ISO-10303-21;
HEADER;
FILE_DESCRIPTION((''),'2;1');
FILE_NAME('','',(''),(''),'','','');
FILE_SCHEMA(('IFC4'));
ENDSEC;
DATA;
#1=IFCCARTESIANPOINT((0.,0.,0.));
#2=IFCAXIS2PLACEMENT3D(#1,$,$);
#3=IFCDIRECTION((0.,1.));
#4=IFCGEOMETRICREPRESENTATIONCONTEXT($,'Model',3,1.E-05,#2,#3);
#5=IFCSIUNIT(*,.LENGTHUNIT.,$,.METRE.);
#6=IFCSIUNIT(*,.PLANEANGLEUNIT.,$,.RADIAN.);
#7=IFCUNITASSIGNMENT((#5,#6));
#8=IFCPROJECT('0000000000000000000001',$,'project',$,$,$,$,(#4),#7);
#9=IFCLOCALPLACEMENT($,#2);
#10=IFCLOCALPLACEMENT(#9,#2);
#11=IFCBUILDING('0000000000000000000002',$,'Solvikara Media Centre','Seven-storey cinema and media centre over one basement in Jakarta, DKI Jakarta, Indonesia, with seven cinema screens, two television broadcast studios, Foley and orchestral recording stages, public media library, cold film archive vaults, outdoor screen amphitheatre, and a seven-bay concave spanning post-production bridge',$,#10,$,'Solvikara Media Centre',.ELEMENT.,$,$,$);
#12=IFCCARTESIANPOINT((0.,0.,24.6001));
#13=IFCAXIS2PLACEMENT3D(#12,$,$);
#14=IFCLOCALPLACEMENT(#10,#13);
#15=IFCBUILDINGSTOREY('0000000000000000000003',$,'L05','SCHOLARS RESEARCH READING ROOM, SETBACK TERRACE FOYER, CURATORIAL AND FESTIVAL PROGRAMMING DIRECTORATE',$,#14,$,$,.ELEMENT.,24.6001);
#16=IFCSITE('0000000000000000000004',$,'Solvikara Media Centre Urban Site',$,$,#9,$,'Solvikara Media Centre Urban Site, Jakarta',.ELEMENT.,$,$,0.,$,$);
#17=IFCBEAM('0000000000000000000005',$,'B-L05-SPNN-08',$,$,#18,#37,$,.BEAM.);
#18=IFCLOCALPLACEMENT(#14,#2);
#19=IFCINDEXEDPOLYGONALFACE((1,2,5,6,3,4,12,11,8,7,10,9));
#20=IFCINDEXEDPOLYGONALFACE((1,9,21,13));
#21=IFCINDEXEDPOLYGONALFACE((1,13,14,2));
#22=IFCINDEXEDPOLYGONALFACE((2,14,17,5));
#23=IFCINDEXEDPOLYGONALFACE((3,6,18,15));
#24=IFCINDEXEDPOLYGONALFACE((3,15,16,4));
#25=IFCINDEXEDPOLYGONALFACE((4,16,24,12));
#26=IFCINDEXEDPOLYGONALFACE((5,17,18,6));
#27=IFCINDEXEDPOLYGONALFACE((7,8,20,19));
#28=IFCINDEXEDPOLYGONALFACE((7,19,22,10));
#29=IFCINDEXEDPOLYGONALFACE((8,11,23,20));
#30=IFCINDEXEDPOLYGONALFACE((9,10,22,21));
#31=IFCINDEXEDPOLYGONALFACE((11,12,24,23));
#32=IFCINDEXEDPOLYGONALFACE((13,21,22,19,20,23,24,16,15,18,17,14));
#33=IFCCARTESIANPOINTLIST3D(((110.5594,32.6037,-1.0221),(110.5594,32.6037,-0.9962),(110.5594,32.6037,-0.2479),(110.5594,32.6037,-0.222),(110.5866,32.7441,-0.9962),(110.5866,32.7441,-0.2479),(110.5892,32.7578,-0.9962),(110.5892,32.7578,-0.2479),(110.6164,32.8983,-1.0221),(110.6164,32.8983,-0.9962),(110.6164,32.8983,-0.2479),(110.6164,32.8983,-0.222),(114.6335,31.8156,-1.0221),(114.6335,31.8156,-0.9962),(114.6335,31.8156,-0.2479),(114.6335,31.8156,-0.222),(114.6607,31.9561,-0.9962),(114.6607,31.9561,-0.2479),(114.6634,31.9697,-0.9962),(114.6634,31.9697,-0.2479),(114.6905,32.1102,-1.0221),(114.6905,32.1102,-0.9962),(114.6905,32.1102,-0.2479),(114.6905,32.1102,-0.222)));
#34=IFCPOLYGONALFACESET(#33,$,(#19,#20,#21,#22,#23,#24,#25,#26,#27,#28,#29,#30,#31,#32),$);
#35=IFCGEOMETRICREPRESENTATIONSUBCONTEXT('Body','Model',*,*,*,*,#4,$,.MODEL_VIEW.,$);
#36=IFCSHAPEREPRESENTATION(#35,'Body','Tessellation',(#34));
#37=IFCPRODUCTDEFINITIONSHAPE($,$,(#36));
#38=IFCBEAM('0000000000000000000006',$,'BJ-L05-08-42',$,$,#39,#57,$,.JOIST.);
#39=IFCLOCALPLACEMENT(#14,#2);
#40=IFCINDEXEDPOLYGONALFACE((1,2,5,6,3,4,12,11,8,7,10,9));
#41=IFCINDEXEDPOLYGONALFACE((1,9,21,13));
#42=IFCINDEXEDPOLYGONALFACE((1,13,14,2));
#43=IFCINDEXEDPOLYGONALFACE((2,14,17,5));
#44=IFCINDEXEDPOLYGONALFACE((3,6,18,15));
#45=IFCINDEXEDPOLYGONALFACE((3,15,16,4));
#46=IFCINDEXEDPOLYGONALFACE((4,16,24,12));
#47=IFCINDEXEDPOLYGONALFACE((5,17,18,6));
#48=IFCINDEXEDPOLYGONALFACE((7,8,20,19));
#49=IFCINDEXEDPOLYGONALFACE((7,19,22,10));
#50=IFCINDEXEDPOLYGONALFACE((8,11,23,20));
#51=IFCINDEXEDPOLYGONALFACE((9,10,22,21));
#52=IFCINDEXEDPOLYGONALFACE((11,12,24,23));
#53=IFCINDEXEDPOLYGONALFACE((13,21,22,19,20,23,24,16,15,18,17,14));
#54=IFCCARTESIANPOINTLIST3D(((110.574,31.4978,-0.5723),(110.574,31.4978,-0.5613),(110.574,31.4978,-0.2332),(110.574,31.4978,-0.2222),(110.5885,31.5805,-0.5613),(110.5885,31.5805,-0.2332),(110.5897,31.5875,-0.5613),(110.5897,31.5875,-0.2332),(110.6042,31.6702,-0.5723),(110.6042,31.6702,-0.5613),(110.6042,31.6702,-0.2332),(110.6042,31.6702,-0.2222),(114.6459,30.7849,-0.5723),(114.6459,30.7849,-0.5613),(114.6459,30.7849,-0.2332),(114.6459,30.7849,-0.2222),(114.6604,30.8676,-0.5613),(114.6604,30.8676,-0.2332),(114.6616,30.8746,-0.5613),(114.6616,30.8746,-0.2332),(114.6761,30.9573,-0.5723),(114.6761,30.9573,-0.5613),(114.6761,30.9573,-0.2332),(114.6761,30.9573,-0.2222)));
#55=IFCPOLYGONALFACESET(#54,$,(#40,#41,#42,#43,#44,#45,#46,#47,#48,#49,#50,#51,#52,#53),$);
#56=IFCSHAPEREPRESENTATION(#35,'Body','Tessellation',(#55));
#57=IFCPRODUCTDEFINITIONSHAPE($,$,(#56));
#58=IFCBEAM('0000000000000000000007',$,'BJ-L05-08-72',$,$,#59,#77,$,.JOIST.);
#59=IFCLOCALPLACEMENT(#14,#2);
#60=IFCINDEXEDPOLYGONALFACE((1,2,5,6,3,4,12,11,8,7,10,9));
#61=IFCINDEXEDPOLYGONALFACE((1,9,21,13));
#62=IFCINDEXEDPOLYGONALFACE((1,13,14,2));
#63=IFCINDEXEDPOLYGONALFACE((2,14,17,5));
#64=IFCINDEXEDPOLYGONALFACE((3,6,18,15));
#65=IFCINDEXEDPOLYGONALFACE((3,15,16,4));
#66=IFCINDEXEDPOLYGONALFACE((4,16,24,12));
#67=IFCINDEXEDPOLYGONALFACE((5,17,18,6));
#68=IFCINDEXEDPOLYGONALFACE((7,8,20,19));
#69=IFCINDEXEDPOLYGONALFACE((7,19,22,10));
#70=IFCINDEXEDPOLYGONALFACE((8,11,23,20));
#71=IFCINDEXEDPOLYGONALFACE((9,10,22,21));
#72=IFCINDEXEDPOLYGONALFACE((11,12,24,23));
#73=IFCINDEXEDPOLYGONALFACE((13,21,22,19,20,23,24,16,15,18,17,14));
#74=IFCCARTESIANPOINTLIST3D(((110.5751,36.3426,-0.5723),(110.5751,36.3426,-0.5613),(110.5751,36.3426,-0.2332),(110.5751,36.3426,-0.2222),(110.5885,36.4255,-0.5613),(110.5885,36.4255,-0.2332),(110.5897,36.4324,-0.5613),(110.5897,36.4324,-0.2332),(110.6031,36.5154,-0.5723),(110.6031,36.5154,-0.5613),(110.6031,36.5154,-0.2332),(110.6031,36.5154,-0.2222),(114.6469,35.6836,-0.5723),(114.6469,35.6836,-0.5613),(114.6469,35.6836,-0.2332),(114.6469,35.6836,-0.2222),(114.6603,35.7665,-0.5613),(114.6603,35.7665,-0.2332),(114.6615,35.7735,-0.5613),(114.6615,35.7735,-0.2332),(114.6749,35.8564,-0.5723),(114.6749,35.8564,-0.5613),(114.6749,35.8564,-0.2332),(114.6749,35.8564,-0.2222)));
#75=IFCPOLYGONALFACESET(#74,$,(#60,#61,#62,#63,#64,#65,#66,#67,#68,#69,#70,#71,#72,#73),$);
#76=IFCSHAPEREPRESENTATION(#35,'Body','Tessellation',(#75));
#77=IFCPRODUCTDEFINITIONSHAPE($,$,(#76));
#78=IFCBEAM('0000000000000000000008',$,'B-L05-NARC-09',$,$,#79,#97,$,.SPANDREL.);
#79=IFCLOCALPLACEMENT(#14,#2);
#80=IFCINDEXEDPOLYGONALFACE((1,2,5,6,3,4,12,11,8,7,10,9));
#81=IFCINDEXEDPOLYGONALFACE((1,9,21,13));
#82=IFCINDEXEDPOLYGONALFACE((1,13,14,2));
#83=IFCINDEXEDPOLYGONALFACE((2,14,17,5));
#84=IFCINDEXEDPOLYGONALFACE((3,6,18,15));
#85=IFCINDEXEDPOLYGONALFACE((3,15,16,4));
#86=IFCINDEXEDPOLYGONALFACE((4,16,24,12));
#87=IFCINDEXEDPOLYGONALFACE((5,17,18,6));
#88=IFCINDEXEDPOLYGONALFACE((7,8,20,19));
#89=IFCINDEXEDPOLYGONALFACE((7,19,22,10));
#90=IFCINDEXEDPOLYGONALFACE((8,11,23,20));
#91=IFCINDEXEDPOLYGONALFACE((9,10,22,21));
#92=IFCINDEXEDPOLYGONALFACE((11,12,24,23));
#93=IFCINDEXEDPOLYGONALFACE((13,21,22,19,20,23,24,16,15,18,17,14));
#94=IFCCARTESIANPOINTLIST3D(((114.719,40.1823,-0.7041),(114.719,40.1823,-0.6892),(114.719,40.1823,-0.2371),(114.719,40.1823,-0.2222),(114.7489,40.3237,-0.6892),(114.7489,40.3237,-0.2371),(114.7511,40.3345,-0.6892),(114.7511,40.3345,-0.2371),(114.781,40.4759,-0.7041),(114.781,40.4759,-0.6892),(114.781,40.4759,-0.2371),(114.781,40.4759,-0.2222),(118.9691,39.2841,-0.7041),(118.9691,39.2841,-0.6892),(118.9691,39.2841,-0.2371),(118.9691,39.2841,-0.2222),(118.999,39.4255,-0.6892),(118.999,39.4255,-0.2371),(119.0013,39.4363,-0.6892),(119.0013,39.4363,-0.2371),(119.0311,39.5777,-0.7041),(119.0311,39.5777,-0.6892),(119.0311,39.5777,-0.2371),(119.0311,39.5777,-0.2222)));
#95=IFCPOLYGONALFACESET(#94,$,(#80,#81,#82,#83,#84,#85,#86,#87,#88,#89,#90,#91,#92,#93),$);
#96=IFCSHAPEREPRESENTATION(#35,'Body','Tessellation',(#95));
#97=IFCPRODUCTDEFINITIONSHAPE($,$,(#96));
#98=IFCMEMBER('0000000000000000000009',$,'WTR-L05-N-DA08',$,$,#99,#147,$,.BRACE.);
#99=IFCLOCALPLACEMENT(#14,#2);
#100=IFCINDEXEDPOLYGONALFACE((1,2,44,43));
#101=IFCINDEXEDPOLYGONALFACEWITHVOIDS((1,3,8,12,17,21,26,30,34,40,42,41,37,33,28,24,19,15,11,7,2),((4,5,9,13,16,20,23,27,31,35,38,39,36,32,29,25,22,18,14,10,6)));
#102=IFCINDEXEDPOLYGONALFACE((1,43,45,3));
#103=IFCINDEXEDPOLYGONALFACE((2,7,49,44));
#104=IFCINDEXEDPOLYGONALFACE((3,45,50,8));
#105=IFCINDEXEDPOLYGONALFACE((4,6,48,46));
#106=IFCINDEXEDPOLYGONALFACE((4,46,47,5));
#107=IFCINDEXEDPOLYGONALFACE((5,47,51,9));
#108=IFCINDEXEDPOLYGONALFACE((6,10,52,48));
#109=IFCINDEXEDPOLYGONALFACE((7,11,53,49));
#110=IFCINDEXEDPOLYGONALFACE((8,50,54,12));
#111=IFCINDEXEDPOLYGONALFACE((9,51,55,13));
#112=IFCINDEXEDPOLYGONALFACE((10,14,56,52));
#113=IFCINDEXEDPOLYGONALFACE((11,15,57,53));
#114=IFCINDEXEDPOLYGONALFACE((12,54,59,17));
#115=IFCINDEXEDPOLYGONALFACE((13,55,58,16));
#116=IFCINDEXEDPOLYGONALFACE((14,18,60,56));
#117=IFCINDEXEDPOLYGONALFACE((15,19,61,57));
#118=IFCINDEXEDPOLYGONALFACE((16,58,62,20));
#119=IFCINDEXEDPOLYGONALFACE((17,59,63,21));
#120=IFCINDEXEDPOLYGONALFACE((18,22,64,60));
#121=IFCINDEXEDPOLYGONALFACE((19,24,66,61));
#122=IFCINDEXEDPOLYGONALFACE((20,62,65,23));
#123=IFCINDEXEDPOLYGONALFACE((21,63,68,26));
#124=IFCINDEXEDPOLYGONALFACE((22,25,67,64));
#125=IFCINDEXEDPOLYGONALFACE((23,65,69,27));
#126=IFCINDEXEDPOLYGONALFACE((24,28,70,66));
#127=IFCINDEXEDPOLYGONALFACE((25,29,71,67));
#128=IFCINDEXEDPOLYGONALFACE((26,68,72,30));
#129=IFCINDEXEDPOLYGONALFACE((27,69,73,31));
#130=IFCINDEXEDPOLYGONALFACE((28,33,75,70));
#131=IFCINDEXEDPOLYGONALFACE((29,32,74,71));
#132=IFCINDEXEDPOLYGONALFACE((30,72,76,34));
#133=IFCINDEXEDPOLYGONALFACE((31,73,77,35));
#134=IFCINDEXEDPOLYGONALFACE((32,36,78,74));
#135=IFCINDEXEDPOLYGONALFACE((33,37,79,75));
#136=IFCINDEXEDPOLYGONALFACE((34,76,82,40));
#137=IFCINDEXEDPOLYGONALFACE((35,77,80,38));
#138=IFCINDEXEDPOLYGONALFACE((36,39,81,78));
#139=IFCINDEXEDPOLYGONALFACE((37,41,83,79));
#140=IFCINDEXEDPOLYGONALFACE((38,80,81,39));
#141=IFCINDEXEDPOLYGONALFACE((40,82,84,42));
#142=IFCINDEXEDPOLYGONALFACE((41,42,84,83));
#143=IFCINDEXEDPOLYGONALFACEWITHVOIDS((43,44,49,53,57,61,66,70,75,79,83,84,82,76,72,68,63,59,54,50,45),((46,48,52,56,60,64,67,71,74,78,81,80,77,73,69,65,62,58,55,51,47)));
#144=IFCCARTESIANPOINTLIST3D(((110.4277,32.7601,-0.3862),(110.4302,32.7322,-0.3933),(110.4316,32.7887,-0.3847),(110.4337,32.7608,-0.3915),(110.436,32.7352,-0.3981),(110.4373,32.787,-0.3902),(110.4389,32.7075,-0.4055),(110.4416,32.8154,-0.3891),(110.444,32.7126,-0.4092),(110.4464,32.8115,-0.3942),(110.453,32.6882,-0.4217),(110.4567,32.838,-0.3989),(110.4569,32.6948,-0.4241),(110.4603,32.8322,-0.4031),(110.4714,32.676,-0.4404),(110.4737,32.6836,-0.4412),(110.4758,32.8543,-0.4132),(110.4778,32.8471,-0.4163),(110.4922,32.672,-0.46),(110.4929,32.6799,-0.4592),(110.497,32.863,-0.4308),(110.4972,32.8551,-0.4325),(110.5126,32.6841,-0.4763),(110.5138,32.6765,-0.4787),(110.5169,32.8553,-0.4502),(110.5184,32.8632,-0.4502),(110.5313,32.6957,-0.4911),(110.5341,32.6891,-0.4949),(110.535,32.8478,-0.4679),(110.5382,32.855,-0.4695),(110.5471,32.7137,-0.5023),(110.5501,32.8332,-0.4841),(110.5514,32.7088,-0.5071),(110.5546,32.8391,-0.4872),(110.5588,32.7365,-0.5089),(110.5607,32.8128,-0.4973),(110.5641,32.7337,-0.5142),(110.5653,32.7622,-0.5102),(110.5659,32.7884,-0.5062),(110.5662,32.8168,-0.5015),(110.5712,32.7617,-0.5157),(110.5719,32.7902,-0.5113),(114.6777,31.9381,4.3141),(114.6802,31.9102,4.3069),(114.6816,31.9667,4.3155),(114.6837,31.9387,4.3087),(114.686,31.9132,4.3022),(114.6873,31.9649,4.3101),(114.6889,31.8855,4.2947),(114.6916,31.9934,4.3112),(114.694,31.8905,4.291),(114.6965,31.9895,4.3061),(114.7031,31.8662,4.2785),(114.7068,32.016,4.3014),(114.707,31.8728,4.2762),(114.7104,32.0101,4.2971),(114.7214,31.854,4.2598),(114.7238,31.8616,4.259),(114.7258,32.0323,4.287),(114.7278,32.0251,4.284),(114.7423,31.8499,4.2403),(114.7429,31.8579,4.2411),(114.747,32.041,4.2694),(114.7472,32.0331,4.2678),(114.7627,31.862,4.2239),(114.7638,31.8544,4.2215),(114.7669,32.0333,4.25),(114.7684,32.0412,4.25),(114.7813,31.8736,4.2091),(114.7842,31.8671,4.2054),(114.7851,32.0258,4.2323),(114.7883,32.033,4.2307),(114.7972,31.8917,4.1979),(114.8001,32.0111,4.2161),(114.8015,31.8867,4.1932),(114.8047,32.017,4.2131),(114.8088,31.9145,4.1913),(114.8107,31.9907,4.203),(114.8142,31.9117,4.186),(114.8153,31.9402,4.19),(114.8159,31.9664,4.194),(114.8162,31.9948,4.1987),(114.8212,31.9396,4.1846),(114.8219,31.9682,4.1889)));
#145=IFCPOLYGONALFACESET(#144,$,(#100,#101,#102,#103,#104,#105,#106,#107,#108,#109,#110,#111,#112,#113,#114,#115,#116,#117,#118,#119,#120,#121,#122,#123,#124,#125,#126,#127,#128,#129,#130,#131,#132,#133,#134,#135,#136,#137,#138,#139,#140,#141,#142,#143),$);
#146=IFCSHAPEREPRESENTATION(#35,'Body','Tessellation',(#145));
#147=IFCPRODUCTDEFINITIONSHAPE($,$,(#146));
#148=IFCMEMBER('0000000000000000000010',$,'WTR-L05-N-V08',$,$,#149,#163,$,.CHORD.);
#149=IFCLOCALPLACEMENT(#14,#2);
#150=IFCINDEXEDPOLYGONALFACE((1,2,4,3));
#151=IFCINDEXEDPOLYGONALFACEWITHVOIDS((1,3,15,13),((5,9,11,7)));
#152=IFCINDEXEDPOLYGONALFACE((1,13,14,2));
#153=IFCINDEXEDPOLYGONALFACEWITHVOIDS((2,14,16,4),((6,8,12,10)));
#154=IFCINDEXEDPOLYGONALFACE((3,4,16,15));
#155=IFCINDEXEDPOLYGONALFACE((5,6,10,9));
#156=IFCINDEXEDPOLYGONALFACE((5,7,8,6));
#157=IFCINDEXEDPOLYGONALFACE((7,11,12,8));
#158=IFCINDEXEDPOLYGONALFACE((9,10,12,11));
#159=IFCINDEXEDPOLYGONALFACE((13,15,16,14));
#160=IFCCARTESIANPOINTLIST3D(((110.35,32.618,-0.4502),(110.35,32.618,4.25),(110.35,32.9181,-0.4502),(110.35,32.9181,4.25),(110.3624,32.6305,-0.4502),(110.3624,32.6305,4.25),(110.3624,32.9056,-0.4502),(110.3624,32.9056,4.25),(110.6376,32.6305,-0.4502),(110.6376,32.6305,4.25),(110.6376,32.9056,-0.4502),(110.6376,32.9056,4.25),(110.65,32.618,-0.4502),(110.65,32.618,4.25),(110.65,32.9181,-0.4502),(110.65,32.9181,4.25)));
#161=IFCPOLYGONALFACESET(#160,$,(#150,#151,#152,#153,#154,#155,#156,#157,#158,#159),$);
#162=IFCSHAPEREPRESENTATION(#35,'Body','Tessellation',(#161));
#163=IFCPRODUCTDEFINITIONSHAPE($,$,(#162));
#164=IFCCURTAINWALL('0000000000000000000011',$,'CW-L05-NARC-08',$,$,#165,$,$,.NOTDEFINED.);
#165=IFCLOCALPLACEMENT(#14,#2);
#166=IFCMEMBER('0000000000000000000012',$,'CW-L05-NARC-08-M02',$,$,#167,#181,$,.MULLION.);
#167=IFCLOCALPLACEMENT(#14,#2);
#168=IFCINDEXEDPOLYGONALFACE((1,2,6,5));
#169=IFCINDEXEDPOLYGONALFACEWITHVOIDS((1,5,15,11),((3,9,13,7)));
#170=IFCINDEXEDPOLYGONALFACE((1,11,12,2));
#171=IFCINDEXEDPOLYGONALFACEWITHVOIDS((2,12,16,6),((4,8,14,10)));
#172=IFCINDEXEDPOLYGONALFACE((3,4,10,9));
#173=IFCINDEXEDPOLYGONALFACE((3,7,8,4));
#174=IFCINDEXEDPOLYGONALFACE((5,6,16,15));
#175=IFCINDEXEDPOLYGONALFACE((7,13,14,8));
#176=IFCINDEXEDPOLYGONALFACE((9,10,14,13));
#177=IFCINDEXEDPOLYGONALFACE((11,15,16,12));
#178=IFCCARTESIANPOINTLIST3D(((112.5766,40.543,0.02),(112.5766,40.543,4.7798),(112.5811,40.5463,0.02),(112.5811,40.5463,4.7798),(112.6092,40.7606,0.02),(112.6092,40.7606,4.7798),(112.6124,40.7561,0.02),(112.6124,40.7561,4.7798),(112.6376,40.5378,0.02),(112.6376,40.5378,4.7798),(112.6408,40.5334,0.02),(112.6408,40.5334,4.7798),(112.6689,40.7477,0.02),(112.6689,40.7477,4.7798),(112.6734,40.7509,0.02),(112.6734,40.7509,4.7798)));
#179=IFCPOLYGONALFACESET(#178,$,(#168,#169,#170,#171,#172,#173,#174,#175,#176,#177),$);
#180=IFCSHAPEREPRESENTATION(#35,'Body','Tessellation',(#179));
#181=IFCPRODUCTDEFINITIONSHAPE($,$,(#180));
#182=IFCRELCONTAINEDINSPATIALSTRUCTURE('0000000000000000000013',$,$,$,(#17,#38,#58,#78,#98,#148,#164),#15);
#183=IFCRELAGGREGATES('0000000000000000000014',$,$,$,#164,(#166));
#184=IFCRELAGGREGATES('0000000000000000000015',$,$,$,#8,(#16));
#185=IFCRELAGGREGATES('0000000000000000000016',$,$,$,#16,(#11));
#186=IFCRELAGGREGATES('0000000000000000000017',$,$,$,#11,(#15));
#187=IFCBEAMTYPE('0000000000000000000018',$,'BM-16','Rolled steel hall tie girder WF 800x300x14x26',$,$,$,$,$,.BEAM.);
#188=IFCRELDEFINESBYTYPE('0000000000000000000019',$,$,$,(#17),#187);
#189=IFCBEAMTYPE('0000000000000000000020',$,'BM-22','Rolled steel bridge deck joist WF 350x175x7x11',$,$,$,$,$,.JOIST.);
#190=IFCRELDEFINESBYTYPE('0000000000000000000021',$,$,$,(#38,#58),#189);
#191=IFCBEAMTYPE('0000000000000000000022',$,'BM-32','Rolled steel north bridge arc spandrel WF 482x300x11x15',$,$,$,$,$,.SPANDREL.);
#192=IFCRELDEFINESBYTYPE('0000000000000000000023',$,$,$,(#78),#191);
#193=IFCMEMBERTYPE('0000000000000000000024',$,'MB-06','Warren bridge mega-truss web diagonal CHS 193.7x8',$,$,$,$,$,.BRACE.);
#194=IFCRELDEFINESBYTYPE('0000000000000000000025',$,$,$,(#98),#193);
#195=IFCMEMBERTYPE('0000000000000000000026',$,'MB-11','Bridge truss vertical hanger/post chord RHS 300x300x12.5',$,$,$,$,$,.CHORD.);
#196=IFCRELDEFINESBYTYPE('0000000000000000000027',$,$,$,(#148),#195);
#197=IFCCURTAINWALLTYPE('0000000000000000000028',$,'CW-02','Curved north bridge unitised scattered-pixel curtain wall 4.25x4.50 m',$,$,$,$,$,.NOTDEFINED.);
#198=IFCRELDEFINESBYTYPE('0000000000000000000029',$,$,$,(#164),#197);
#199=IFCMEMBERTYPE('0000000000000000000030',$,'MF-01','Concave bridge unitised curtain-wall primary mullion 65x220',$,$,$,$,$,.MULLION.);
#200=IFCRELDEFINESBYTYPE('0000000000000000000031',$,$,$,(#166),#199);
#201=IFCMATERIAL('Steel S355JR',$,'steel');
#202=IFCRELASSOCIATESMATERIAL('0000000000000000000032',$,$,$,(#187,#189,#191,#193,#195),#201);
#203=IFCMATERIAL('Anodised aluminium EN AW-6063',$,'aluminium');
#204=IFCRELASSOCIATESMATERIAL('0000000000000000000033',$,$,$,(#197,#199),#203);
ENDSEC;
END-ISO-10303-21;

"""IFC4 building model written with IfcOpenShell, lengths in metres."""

from ifc_helpers import new_model, si_unit, direction, frame, origin, origin_2d, place, context, subcontext, project, spatial, hollow_rectangle, hollow_circle, i_section, extrude, material, material_profile, profile_set, type_object, element, aggregate, save


model = new_model("IFC4")

# Units and contexts
model_context = context("Model", 3, precision=1e-05, world=origin(), true_north=direction((0.0, 1.0)))
body_context = subcontext(model_context, "Body", "Model", "MODEL_VIEW")
ifc_project = project(units=[si_unit("LENGTHUNIT", "METRE"), si_unit("PLANEANGLEUNIT", "RADIAN")], contexts=[model_context])

# Site, building, storey
site_placement = place(None, origin())
site = spatial("IfcSite", under=ifc_project, at=site_placement, Name="Solvikara Media Centre Urban Site", LongName="Solvikara Media Centre Urban Site, Jakarta", CompositionType="ELEMENT", RefElevation=0.0)
building_placement = place(site_placement, origin())
building = spatial("IfcBuilding", under=site, at=building_placement, Name="Solvikara Media Centre", Description="Seven-storey cinema and media centre over one basement in Jakarta, DKI Jakarta, Indonesia, with seven cinema screens, two television broadcast studios, Foley and orchestral recording stages, public media library, cold film archive vaults, outdoor screen amphitheatre, and a seven-bay concave spanning post-production bridge", LongName="Solvikara Media Centre", CompositionType="ELEMENT")
storey_placement = place(building_placement, frame((0.0, 0.0, 24.6001)))
storey = spatial("IfcBuildingStorey", under=building, at=storey_placement, Name="L05", Description="SCHOLARS RESEARCH READING ROOM, SETBACK TERRACE FOYER, CURATORIAL AND FESTIVAL PROGRAMMING DIRECTORATE", CompositionType="ELEMENT", Elevation=24.6001)

# Beams
ifc_material_1 = material(Name="Steel S355JR", Category="steel")
ifc_material_profile_1 = material_profile(ifc_material_1, i_section(OverallWidth=0.3, OverallDepth=0.8, WebThickness=0.0139, FlangeThickness=0.0259, at=origin_2d()), Name="WF 800x300x14x26")
ifc_profile_set_1 = profile_set([ifc_material_profile_1], Name="Steel S355JR")
beam_type_1 = type_object("IfcBeamType", Name="BM-16", Description="Rolled steel hall tie girder WF 800x300x14x26", PredefinedType="BEAM", material=ifc_profile_set_1)
beam_1_placement = place(storey_placement, frame((110.5879, 32.751, -0.6221), z_axis=(0.981801, -0.189912, 0.0), x_axis=(0.189912, 0.981801, 0.0)))
element("IfcBeam", 1, at=beam_1_placement, inside=storey, type_object=beam_type_1, Name="B-L05-SPNN-08", PredefinedType="BEAM", context=body_context, shape_type="SweptSolid", body=[
    extrude(i_section(OverallWidth=0.3, OverallDepth=0.8, WebThickness=0.0139, FlangeThickness=0.0259, at=origin_2d()), origin(), (0.0, 0.0, 1.0), 4.1497),
])
ifc_material_profile_2 = material_profile(ifc_material_1, i_section(OverallWidth=0.175, OverallDepth=0.3501, WebThickness=0.0071, FlangeThickness=0.011, at=origin_2d()), Name="WF 350x175x7x11")
ifc_profile_set_2 = profile_set([ifc_material_profile_2], Name="Steel S355JR")
beam_type_2 = type_object("IfcBeamType", Name="BM-22", Description="Rolled steel bridge deck joist WF 350x175x7x11", PredefinedType="JOIST", material=ifc_profile_set_2)
beam_2_placement = place(storey_placement, frame((110.5891, 31.584, -0.3972), z_axis=(0.985017, -0.172458, 0.0), x_axis=(0.172458, 0.985017, 0.0)))
element("IfcBeam", 2, at=beam_2_placement, inside=storey, type_object=beam_type_2, Name="BJ-L05-08-42", PredefinedType="JOIST", context=body_context, shape_type="SweptSolid", body=[
    extrude(i_section(OverallWidth=0.175, OverallDepth=0.3501, WebThickness=0.0071, FlangeThickness=0.011, at=origin_2d()), origin(), (0.0, 0.0, 1.0), 4.1338),
])
beam_3_placement = place(storey_placement, frame((110.5891, 36.429, -0.3972), z_axis=(0.987157, -0.159752, 0.0), x_axis=(0.159752, 0.987157, 0.0)))
element("IfcBeam", 3, at=beam_3_placement, inside=storey, type_object=beam_type_2, Name="BJ-L05-08-72", PredefinedType="JOIST", context=body_context, shape_type="SweptSolid", body=[
    extrude(i_section(OverallWidth=0.175, OverallDepth=0.3501, WebThickness=0.0071, FlangeThickness=0.011, at=origin_2d()), origin(), (0.0, 0.0, 1.0), 4.1248),
])
ifc_material_profile_3 = material_profile(ifc_material_1, i_section(OverallWidth=0.3, OverallDepth=0.4819, WebThickness=0.011, FlangeThickness=0.0149, at=origin_2d()), Name="WF 482x300x11x15")
ifc_profile_set_3 = profile_set([ifc_material_profile_3], Name="Steel S355JR")
beam_type_3 = type_object("IfcBeamType", Name="BM-32", Description="Rolled steel north bridge arc spandrel WF 482x300x11x15", PredefinedType="SPANDREL", material=ifc_profile_set_3)
beam_4_placement = place(storey_placement, frame((114.75, 40.3291, -0.4631), z_axis=(0.978389, -0.206772, 0.0), x_axis=(0.206772, 0.978389, 0.0)))
element("IfcBeam", 4, at=beam_4_placement, inside=storey, type_object=beam_type_3, Name="B-L05-NARC-09", PredefinedType="SPANDREL", context=body_context, shape_type="SweptSolid", body=[
    extrude(i_section(OverallWidth=0.3, OverallDepth=0.4819, WebThickness=0.011, FlangeThickness=0.0149, at=origin_2d()), origin(), (0.0, 0.0, 1.0), 4.344),
])

# Members
ifc_material_profile_4 = material_profile(ifc_material_1, hollow_circle(Radius=0.0969, WallThickness=0.0081, at=origin_2d()), Name="CHS 193.7x8")
ifc_profile_set_4 = profile_set([ifc_material_profile_4], Name="Steel S355JR")
member_type_1 = type_object("IfcMemberType", Name="MB-06", Description="Warren bridge mega-truss web diagonal CHS 193.7x8", PredefinedType="BRACE", material=ifc_profile_set_4)
member_1_placement = place(storey_placement, frame((110.5, 32.7681, -0.4502), z_axis=(0.665118, -0.128645, 0.735573), x_axis=(0.189897, 0.981804, 0.0)))
element("IfcMember", 5, at=member_1_placement, inside=storey, type_object=member_type_1, Name="WTR-L05-N-DA08", PredefinedType="BRACE", context=body_context, shape_type="SweptSolid", body=[
    extrude(hollow_circle(Radius=0.0969, WallThickness=0.0081, at=origin_2d()), origin(), (0.0, 0.0, 1.0), 6.3899),
])
ifc_material_profile_5 = material_profile(ifc_material_1, hollow_rectangle(XDim=0.3, YDim=0.3, WallThickness=0.0125, at=origin_2d()), Name="RHS 300x300x12.5")
ifc_profile_set_5 = profile_set([ifc_material_profile_5], Name="Steel S355JR")
member_type_2 = type_object("IfcMemberType", Name="MB-11", Description="Bridge truss vertical hanger/post chord RHS 300x300x12.5", PredefinedType="CHORD", material=ifc_profile_set_5)
member_2_placement = place(storey_placement, frame((110.5, 32.7681, -0.4502), z_axis=(0.0, 0.0, 1.0), x_axis=(1.0, 0.0, 0.0)))
element("IfcMember", 6, at=member_2_placement, inside=storey, type_object=member_type_2, Name="WTR-L05-N-V08", PredefinedType="CHORD", context=body_context, shape_type="SweptSolid", body=[
    extrude(hollow_rectangle(XDim=0.3, YDim=0.3, WallThickness=0.0125, at=origin_2d()), origin(), (0.0, 0.0, 1.0), 4.7002),
])

# Curtain wall, member
ifc_material_2 = material(Name="Anodised aluminium EN AW-6063", Category="aluminium")
curtain_wall_type = type_object("IfcCurtainWallType", Name="CW-02", Description="Curved north bridge unitised scattered-pixel curtain wall 4.25x4.50 m", PredefinedType="NOTDEFINED", material=ifc_material_2)
curtain_wall_placement = place(storey_placement, origin())
curtain_wall = element("IfcCurtainWall", 7, at=curtain_wall_placement, inside=storey, type_object=curtain_wall_type, Name="CW-L05-NARC-08", PredefinedType="NOTDEFINED")
ifc_material_profile_6 = material_profile(ifc_material_2, hollow_rectangle(XDim=0.0649, YDim=0.22, WallThickness=0.0039, at=origin_2d()), Name="ALU-M 65x220x4")
ifc_profile_set_6 = profile_set([ifc_material_profile_6], Name="Anodised aluminium EN AW-6063")
member_type_3 = type_object("IfcMemberType", Name="MF-01", Description="Concave bridge unitised curtain-wall primary mullion 65x220", PredefinedType="MULLION", material=ifc_profile_set_6)
member_3_placement = place(storey_placement, frame((112.625, 40.647, 0.02), z_axis=(0.0, 0.0, 1.0), x_axis=(0.989006, -0.147878, 0.0)))
member_3 = element("IfcMember", 8, at=member_3_placement, type_object=member_type_3, Name="CW-L05-NARC-08-M02", PredefinedType="MULLION", context=body_context, shape_type="SweptSolid", body=[
    extrude(hollow_rectangle(XDim=0.0649, YDim=0.22, WallThickness=0.0039, at=origin_2d()), origin(), (0.0, 0.0, 1.0), 4.7598),
])

aggregate(curtain_wall, [member_3])

save(model, "model.ifc")
